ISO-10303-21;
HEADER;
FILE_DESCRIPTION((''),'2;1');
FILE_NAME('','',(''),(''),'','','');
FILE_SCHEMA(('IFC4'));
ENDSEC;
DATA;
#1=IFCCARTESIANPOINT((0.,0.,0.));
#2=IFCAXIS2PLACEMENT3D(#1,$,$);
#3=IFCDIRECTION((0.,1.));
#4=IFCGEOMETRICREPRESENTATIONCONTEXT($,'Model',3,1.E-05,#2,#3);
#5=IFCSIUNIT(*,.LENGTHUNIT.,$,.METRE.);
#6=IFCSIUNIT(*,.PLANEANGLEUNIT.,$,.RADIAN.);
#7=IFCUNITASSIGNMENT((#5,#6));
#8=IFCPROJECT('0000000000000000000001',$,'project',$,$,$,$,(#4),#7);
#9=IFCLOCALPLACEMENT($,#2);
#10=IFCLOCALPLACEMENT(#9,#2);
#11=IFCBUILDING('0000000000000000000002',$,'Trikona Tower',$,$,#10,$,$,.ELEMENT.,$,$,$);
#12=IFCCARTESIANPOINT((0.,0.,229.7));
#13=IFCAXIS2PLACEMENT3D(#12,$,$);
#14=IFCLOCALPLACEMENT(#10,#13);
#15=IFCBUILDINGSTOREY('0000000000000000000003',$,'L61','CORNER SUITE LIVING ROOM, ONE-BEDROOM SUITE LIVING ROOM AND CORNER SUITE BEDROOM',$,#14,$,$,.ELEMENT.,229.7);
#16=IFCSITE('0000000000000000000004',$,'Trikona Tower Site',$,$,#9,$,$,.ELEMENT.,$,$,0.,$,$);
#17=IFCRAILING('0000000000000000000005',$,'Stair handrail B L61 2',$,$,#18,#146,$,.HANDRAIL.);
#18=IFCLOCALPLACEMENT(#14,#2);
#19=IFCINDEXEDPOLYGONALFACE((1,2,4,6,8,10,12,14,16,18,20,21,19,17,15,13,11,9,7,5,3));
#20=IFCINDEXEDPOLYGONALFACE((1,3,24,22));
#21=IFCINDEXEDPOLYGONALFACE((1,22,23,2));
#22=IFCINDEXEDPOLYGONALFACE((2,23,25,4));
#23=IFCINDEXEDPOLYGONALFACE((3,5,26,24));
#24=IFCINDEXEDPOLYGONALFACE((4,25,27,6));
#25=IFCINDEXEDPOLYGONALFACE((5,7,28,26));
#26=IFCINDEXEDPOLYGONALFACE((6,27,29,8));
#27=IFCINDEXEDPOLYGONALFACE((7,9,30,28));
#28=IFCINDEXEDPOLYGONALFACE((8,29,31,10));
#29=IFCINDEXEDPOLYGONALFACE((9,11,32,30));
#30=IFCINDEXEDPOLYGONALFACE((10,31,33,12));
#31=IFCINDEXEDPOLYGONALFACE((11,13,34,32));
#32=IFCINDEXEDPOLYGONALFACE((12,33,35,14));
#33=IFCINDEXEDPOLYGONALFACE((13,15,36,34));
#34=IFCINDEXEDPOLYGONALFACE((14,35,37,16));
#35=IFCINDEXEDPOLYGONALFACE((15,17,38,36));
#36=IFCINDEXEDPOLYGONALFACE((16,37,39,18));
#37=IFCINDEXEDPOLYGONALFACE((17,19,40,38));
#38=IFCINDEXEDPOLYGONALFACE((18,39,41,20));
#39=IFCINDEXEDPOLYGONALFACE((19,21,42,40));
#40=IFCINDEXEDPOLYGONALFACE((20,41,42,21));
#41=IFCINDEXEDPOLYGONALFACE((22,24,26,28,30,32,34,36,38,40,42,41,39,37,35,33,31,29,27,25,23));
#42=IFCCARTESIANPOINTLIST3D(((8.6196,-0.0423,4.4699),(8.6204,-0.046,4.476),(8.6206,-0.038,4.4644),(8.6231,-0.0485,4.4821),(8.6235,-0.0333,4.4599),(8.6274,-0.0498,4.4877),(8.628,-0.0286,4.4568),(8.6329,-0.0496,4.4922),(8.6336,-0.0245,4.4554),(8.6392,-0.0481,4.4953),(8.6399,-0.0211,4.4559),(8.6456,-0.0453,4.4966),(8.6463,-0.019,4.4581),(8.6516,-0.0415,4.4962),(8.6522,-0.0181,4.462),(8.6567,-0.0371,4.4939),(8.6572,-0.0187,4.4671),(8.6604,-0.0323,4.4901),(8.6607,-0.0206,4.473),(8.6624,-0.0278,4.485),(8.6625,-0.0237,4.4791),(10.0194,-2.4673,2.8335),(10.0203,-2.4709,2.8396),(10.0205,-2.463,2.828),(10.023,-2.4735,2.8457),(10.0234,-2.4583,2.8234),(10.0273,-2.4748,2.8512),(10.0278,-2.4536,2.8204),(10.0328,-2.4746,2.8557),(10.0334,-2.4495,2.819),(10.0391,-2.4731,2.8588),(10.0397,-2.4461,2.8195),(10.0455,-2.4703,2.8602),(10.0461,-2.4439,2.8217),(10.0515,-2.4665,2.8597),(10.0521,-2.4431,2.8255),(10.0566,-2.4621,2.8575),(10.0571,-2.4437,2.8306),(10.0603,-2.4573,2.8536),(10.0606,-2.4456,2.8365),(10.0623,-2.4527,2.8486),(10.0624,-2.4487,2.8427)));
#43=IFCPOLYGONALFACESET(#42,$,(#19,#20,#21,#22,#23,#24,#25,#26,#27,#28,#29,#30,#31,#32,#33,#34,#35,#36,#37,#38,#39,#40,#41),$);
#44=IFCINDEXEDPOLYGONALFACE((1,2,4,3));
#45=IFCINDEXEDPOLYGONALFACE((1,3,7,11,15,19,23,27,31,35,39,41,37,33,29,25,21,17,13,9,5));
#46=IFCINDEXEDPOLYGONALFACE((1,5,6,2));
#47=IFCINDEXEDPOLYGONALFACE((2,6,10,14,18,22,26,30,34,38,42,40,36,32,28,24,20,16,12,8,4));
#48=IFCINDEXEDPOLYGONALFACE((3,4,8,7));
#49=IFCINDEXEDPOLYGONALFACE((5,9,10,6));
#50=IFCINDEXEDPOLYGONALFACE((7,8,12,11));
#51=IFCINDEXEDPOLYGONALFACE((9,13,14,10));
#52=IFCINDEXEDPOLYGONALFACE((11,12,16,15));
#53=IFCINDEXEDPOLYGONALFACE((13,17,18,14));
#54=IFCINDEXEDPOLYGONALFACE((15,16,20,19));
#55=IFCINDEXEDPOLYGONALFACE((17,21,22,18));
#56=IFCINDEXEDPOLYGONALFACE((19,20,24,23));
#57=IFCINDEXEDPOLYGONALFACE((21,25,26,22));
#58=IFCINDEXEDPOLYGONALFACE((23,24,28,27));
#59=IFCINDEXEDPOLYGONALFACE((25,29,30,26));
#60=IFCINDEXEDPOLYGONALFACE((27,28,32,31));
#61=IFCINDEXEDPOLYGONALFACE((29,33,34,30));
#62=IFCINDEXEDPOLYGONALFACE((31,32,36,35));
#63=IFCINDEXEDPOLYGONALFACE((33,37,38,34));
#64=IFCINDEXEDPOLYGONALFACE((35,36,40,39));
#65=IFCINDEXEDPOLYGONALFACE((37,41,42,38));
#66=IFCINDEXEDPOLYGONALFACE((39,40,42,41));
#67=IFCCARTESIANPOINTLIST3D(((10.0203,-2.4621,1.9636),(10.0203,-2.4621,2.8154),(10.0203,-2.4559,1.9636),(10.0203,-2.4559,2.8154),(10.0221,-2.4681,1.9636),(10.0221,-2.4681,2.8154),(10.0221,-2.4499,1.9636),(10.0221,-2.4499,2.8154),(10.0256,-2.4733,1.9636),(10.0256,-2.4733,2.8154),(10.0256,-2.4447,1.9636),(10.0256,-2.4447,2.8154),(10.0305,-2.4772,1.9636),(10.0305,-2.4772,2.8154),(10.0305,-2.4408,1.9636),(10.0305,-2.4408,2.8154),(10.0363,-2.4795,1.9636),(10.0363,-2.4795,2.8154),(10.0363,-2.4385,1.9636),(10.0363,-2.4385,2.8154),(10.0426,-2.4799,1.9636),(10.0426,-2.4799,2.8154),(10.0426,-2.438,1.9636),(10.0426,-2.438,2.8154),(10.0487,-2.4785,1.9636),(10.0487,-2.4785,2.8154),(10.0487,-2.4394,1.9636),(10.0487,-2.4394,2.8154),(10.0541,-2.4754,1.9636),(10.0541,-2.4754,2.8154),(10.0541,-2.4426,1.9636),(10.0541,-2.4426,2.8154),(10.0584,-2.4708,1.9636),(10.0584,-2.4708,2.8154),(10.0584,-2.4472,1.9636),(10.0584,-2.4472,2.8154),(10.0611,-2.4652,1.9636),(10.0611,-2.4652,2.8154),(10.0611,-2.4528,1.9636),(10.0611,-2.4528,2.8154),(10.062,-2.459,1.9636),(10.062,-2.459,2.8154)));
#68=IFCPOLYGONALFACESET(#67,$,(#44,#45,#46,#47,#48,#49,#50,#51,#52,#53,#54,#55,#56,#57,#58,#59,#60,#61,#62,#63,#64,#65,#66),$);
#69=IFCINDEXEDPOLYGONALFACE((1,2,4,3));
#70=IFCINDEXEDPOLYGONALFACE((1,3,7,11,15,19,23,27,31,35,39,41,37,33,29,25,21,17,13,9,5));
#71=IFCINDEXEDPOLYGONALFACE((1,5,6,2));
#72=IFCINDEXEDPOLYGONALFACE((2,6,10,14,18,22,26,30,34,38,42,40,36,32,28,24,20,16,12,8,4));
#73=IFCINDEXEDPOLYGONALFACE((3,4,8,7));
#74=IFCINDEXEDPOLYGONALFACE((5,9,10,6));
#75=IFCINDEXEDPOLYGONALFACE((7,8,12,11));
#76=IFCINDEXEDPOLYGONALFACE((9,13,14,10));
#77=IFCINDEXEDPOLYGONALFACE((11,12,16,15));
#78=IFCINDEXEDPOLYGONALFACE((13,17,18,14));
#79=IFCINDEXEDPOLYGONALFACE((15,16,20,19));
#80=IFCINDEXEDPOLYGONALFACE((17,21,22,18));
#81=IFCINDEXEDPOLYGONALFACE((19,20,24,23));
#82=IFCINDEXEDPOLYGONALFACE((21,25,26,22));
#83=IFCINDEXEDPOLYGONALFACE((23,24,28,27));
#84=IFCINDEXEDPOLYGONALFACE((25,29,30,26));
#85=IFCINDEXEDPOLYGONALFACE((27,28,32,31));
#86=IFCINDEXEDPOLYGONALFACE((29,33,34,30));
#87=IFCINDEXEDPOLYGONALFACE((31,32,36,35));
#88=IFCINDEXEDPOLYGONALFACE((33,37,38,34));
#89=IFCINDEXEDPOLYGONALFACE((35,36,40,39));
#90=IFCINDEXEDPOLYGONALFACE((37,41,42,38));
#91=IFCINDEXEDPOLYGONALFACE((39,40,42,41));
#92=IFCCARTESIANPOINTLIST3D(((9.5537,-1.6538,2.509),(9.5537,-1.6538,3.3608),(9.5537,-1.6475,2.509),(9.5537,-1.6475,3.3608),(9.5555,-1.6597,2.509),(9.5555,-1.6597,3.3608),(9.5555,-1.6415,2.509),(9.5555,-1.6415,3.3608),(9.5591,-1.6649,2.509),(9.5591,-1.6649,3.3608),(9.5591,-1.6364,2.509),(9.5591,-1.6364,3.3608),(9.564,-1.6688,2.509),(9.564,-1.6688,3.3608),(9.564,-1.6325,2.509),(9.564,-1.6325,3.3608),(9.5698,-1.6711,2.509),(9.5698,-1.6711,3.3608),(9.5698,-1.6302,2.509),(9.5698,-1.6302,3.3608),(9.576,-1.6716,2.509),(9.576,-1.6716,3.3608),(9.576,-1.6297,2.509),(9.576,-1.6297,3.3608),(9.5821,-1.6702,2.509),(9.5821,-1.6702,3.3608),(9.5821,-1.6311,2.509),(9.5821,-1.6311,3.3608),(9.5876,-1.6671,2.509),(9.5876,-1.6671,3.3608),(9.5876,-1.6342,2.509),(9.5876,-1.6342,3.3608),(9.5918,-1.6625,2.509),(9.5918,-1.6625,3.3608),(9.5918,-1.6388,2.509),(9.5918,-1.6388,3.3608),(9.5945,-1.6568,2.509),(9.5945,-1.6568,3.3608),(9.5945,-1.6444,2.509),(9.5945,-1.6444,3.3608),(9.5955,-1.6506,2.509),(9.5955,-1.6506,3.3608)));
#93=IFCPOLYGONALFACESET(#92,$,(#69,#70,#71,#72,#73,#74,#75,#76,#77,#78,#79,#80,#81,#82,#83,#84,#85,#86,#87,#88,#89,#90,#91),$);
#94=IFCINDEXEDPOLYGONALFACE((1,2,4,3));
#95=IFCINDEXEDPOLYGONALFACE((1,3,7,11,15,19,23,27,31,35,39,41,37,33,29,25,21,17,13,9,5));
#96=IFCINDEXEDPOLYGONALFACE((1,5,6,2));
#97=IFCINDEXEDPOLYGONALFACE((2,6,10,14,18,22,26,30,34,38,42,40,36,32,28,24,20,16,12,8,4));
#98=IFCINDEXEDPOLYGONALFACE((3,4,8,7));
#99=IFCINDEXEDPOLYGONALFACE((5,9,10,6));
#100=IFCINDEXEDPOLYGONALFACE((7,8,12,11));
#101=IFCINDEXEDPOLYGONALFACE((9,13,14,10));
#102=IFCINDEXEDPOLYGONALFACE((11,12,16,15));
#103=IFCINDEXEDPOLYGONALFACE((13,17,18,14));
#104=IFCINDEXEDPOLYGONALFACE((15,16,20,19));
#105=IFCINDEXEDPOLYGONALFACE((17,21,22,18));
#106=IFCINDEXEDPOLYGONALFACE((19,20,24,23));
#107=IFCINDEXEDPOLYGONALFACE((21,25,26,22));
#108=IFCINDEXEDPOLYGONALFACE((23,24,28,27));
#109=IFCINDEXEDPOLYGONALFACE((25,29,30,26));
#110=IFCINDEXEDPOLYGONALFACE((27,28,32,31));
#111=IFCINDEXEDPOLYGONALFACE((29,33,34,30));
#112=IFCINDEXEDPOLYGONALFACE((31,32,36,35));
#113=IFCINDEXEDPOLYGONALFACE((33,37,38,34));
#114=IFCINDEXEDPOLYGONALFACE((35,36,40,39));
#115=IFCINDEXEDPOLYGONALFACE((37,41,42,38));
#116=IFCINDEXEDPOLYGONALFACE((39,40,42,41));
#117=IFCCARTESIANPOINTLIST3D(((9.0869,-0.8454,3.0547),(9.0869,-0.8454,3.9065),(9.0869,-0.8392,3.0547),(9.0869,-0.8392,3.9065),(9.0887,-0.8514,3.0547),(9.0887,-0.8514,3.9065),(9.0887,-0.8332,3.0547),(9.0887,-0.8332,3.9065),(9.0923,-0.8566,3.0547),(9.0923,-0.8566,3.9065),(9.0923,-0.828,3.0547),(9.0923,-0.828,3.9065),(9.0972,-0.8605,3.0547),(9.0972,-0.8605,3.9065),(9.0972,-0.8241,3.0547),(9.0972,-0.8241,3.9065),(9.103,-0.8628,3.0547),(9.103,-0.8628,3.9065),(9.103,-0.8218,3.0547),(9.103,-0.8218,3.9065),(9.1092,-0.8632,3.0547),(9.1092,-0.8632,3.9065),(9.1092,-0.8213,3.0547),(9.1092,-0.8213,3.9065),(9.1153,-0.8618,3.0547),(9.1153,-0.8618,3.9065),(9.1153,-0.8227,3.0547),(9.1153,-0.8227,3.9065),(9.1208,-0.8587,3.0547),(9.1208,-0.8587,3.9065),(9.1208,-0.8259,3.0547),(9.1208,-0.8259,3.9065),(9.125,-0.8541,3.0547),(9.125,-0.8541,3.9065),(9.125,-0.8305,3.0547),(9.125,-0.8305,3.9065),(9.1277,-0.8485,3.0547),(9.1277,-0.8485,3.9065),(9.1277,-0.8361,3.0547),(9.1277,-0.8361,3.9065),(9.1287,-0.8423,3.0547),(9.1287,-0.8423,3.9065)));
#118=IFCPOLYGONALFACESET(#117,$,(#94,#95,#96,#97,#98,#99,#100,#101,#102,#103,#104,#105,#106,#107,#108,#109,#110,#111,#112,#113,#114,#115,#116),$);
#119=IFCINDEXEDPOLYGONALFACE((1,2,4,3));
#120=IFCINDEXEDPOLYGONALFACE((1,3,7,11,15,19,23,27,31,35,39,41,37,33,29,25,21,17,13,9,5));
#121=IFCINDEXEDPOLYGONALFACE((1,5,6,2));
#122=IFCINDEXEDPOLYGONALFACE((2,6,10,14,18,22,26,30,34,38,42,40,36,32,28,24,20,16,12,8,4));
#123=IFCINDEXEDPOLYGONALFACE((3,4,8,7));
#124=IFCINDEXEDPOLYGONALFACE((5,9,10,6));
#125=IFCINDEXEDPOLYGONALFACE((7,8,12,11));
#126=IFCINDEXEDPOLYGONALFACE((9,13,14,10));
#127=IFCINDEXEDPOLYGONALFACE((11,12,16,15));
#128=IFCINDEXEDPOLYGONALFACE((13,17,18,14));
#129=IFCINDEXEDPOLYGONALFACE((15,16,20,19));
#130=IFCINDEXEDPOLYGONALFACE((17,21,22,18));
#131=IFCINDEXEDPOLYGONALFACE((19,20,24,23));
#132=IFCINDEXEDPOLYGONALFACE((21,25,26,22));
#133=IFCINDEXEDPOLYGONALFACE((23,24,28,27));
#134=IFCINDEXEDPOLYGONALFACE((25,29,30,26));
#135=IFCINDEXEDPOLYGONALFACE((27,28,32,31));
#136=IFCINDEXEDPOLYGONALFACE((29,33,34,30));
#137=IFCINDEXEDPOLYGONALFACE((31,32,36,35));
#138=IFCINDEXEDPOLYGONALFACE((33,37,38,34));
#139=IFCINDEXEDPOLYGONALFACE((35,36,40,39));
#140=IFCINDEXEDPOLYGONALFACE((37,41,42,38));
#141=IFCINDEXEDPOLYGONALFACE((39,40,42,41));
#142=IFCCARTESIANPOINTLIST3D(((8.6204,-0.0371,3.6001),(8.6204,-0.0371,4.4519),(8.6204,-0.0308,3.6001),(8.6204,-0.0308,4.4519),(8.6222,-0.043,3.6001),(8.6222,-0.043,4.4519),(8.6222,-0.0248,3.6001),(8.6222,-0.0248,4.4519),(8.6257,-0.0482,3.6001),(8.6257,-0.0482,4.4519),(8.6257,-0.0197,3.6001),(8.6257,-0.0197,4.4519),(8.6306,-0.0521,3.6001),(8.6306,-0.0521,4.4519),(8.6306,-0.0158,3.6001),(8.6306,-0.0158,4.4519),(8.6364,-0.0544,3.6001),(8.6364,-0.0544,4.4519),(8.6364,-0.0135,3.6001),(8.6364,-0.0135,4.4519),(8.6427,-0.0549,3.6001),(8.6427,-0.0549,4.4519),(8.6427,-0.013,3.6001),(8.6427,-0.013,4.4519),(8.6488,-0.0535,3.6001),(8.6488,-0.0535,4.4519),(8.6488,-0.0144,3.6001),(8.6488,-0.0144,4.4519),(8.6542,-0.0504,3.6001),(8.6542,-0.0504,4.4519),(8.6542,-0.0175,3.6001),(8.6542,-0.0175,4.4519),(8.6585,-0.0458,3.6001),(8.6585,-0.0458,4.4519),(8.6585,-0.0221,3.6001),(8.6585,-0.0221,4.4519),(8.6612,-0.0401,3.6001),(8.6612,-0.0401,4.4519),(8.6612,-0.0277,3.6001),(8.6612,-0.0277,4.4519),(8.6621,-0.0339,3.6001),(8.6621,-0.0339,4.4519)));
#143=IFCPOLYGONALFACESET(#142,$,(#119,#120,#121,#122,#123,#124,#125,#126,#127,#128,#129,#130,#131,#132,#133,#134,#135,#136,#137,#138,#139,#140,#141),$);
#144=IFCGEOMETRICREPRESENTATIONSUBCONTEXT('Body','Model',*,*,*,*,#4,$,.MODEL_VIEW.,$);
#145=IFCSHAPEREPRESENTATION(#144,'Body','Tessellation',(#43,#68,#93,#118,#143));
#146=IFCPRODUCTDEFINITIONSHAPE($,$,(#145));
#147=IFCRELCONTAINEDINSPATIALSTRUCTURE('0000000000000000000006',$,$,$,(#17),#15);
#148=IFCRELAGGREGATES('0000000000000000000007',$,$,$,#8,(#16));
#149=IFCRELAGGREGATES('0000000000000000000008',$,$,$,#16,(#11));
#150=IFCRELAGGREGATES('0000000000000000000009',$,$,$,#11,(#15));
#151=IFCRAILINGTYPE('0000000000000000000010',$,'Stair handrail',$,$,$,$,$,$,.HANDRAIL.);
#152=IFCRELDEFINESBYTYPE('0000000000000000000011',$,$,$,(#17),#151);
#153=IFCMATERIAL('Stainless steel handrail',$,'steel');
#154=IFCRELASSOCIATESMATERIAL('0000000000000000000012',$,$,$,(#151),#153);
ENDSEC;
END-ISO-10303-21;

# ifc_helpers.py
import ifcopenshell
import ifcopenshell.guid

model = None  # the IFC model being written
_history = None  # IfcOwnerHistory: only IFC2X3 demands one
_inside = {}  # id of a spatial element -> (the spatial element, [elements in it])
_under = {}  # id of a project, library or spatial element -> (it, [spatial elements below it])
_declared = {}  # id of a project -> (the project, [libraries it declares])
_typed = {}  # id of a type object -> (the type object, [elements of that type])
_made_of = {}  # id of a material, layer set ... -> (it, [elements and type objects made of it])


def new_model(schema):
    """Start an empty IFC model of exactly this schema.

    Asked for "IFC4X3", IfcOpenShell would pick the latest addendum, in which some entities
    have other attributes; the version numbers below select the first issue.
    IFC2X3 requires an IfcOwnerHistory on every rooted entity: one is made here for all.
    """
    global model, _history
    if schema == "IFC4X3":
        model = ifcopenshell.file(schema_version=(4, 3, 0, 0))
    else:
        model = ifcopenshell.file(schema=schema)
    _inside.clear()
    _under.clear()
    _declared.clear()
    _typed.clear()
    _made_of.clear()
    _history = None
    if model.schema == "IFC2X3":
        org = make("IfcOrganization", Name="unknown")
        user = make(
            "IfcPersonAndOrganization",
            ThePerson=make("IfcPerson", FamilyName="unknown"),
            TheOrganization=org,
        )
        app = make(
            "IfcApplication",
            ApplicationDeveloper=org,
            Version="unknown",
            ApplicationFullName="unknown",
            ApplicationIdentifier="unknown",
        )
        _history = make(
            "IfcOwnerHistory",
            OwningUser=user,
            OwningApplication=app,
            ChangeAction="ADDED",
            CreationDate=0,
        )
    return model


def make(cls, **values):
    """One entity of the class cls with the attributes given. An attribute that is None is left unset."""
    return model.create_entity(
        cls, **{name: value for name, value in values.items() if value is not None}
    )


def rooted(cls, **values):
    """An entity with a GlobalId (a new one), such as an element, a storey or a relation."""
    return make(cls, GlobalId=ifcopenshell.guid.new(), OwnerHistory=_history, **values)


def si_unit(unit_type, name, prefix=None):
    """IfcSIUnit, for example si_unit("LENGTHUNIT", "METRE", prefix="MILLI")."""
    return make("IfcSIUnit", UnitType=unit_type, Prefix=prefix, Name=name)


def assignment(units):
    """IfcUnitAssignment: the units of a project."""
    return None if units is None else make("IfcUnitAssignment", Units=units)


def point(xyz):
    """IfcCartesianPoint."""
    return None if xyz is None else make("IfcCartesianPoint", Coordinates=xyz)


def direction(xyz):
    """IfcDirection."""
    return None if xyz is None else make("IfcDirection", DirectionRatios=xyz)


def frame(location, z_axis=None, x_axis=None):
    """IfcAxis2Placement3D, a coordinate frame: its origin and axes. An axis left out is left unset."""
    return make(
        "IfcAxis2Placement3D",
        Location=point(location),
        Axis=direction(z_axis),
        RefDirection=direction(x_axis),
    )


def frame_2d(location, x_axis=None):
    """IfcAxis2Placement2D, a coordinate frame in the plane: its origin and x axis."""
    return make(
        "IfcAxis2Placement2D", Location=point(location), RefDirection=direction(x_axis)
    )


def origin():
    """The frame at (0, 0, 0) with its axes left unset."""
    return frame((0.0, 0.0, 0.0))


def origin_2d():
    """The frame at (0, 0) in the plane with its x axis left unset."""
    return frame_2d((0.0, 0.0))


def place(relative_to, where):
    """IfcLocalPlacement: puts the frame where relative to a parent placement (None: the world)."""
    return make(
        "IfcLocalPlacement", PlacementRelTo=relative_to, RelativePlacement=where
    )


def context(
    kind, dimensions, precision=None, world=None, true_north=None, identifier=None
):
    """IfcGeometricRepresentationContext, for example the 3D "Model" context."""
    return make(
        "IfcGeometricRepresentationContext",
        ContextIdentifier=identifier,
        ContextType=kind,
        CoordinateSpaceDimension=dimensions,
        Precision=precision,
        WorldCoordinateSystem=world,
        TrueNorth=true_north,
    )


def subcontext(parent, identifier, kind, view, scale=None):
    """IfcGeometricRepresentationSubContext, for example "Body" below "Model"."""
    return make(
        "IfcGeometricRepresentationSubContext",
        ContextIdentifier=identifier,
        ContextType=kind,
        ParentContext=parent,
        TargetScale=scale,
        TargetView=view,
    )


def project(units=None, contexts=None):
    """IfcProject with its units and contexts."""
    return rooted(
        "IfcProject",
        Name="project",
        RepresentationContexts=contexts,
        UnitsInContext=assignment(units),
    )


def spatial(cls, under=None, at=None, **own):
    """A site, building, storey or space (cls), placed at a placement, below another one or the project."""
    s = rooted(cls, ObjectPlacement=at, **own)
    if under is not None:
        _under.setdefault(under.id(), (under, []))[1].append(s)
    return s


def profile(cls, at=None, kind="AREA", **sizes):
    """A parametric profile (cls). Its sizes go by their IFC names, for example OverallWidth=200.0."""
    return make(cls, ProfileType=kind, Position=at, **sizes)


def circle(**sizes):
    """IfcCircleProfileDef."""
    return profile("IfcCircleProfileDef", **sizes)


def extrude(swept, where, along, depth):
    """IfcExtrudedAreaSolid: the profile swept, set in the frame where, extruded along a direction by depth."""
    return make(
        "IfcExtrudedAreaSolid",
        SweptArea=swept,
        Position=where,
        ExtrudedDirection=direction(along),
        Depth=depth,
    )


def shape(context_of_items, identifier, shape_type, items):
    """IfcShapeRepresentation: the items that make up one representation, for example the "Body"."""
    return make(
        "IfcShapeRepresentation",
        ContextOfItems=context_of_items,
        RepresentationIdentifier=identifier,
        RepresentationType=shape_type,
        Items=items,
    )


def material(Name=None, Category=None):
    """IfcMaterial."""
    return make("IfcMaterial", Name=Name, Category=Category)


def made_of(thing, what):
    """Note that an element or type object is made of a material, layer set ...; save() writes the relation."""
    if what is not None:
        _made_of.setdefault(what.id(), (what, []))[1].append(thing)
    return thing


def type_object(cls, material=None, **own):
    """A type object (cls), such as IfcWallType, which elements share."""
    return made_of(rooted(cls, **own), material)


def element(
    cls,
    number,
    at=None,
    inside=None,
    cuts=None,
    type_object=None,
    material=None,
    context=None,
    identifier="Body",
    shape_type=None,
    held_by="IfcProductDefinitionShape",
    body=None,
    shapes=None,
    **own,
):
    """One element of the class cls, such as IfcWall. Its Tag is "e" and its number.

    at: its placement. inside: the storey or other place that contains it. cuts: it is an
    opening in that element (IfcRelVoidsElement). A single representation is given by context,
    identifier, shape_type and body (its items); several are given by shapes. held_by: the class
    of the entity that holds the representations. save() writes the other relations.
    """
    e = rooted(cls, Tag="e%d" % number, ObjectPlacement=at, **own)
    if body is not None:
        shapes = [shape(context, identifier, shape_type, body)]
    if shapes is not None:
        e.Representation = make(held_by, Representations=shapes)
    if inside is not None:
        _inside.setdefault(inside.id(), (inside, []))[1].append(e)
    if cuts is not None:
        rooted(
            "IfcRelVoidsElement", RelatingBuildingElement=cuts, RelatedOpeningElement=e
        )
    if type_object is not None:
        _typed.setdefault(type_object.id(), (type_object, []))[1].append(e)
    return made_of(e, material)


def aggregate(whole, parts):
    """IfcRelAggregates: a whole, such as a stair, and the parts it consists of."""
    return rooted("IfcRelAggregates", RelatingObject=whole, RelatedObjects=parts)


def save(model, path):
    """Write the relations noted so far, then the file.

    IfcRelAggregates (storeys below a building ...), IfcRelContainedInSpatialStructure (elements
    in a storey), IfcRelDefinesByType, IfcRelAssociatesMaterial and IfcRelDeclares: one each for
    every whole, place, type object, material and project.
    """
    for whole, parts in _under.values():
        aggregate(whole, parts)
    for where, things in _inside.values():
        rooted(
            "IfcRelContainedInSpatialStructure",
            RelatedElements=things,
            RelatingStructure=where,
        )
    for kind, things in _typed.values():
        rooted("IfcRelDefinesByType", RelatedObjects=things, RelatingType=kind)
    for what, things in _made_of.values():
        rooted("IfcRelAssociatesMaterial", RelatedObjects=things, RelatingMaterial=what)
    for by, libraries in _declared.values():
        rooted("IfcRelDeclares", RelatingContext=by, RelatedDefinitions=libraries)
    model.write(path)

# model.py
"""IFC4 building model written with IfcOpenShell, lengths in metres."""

from ifc_helpers import new_model, si_unit, direction, frame, origin, origin_2d, place, context, subcontext, project, spatial, circle, extrude, material, type_object, element, save


model = new_model("IFC4")

# Units and contexts
model_context = context("Model", 3, precision=1e-05, world=origin(), true_north=direction((0.0, 1.0)))
body_context = subcontext(model_context, "Body", "Model", "MODEL_VIEW")
ifc_project = project(units=[si_unit("LENGTHUNIT", "METRE"), si_unit("PLANEANGLEUNIT", "RADIAN")], contexts=[model_context])

# Site, building, storey
site_placement = place(None, origin())
site = spatial("IfcSite", under=ifc_project, at=site_placement, Name="Trikona Tower Site", CompositionType="ELEMENT", RefElevation=0.0)
building_placement = place(site_placement, origin())
building = spatial("IfcBuilding", under=site, at=building_placement, Name="Trikona Tower", CompositionType="ELEMENT")
storey_placement = place(building_placement, frame((0.0, 0.0, 229.7)))
storey = spatial("IfcBuildingStorey", under=building, at=storey_placement, Name="L61", Description="CORNER SUITE LIVING ROOM, ONE-BEDROOM SUITE LIVING ROOM AND CORNER SUITE BEDROOM", CompositionType="ELEMENT", Elevation=229.7)

# Railing
ifc_material_1 = material(Name="Stainless steel handrail", Category="steel")
railing_type = type_object("IfcRailingType", Name="Stair handrail", PredefinedType="HANDRAIL", material=ifc_material_1)
railing_placement = place(storey_placement, frame((10.041, -2.459, 1.9636)))
element("IfcRailing", 1, at=railing_placement, inside=storey, type_object=railing_type, Name="Stair handrail B L61 2", PredefinedType="HANDRAIL", context=body_context, shape_type="SweptSolid", body=[
    extrude(circle(Radius=0.0239, at=origin_2d()), frame((0.0, 0.0, 0.876), z_axis=(-0.431636, 0.747723, 0.504579), x_axis=(-0.866056, -0.499946, 0.0)), (0.0, 0.0, 1.0), 3.2432),
    extrude(circle(Radius=0.021, at=origin_2d()), origin(), (0.0, 0.0, 1.0), 0.8518),
    extrude(circle(Radius=0.021, at=origin_2d()), frame((-0.4666, 0.8083, 0.5454)), (0.0, 0.0, 1.0), 0.8518),
    extrude(circle(Radius=0.021, at=origin_2d()), frame((-0.9333, 1.6167, 1.0911)), (0.0, 0.0, 1.0), 0.8518),
    extrude(circle(Radius=0.021, at=origin_2d()), frame((-1.3999, 2.425, 1.6365)), (0.0, 0.0, 1.0), 0.8518),
])

save(model, "model.ifc")
